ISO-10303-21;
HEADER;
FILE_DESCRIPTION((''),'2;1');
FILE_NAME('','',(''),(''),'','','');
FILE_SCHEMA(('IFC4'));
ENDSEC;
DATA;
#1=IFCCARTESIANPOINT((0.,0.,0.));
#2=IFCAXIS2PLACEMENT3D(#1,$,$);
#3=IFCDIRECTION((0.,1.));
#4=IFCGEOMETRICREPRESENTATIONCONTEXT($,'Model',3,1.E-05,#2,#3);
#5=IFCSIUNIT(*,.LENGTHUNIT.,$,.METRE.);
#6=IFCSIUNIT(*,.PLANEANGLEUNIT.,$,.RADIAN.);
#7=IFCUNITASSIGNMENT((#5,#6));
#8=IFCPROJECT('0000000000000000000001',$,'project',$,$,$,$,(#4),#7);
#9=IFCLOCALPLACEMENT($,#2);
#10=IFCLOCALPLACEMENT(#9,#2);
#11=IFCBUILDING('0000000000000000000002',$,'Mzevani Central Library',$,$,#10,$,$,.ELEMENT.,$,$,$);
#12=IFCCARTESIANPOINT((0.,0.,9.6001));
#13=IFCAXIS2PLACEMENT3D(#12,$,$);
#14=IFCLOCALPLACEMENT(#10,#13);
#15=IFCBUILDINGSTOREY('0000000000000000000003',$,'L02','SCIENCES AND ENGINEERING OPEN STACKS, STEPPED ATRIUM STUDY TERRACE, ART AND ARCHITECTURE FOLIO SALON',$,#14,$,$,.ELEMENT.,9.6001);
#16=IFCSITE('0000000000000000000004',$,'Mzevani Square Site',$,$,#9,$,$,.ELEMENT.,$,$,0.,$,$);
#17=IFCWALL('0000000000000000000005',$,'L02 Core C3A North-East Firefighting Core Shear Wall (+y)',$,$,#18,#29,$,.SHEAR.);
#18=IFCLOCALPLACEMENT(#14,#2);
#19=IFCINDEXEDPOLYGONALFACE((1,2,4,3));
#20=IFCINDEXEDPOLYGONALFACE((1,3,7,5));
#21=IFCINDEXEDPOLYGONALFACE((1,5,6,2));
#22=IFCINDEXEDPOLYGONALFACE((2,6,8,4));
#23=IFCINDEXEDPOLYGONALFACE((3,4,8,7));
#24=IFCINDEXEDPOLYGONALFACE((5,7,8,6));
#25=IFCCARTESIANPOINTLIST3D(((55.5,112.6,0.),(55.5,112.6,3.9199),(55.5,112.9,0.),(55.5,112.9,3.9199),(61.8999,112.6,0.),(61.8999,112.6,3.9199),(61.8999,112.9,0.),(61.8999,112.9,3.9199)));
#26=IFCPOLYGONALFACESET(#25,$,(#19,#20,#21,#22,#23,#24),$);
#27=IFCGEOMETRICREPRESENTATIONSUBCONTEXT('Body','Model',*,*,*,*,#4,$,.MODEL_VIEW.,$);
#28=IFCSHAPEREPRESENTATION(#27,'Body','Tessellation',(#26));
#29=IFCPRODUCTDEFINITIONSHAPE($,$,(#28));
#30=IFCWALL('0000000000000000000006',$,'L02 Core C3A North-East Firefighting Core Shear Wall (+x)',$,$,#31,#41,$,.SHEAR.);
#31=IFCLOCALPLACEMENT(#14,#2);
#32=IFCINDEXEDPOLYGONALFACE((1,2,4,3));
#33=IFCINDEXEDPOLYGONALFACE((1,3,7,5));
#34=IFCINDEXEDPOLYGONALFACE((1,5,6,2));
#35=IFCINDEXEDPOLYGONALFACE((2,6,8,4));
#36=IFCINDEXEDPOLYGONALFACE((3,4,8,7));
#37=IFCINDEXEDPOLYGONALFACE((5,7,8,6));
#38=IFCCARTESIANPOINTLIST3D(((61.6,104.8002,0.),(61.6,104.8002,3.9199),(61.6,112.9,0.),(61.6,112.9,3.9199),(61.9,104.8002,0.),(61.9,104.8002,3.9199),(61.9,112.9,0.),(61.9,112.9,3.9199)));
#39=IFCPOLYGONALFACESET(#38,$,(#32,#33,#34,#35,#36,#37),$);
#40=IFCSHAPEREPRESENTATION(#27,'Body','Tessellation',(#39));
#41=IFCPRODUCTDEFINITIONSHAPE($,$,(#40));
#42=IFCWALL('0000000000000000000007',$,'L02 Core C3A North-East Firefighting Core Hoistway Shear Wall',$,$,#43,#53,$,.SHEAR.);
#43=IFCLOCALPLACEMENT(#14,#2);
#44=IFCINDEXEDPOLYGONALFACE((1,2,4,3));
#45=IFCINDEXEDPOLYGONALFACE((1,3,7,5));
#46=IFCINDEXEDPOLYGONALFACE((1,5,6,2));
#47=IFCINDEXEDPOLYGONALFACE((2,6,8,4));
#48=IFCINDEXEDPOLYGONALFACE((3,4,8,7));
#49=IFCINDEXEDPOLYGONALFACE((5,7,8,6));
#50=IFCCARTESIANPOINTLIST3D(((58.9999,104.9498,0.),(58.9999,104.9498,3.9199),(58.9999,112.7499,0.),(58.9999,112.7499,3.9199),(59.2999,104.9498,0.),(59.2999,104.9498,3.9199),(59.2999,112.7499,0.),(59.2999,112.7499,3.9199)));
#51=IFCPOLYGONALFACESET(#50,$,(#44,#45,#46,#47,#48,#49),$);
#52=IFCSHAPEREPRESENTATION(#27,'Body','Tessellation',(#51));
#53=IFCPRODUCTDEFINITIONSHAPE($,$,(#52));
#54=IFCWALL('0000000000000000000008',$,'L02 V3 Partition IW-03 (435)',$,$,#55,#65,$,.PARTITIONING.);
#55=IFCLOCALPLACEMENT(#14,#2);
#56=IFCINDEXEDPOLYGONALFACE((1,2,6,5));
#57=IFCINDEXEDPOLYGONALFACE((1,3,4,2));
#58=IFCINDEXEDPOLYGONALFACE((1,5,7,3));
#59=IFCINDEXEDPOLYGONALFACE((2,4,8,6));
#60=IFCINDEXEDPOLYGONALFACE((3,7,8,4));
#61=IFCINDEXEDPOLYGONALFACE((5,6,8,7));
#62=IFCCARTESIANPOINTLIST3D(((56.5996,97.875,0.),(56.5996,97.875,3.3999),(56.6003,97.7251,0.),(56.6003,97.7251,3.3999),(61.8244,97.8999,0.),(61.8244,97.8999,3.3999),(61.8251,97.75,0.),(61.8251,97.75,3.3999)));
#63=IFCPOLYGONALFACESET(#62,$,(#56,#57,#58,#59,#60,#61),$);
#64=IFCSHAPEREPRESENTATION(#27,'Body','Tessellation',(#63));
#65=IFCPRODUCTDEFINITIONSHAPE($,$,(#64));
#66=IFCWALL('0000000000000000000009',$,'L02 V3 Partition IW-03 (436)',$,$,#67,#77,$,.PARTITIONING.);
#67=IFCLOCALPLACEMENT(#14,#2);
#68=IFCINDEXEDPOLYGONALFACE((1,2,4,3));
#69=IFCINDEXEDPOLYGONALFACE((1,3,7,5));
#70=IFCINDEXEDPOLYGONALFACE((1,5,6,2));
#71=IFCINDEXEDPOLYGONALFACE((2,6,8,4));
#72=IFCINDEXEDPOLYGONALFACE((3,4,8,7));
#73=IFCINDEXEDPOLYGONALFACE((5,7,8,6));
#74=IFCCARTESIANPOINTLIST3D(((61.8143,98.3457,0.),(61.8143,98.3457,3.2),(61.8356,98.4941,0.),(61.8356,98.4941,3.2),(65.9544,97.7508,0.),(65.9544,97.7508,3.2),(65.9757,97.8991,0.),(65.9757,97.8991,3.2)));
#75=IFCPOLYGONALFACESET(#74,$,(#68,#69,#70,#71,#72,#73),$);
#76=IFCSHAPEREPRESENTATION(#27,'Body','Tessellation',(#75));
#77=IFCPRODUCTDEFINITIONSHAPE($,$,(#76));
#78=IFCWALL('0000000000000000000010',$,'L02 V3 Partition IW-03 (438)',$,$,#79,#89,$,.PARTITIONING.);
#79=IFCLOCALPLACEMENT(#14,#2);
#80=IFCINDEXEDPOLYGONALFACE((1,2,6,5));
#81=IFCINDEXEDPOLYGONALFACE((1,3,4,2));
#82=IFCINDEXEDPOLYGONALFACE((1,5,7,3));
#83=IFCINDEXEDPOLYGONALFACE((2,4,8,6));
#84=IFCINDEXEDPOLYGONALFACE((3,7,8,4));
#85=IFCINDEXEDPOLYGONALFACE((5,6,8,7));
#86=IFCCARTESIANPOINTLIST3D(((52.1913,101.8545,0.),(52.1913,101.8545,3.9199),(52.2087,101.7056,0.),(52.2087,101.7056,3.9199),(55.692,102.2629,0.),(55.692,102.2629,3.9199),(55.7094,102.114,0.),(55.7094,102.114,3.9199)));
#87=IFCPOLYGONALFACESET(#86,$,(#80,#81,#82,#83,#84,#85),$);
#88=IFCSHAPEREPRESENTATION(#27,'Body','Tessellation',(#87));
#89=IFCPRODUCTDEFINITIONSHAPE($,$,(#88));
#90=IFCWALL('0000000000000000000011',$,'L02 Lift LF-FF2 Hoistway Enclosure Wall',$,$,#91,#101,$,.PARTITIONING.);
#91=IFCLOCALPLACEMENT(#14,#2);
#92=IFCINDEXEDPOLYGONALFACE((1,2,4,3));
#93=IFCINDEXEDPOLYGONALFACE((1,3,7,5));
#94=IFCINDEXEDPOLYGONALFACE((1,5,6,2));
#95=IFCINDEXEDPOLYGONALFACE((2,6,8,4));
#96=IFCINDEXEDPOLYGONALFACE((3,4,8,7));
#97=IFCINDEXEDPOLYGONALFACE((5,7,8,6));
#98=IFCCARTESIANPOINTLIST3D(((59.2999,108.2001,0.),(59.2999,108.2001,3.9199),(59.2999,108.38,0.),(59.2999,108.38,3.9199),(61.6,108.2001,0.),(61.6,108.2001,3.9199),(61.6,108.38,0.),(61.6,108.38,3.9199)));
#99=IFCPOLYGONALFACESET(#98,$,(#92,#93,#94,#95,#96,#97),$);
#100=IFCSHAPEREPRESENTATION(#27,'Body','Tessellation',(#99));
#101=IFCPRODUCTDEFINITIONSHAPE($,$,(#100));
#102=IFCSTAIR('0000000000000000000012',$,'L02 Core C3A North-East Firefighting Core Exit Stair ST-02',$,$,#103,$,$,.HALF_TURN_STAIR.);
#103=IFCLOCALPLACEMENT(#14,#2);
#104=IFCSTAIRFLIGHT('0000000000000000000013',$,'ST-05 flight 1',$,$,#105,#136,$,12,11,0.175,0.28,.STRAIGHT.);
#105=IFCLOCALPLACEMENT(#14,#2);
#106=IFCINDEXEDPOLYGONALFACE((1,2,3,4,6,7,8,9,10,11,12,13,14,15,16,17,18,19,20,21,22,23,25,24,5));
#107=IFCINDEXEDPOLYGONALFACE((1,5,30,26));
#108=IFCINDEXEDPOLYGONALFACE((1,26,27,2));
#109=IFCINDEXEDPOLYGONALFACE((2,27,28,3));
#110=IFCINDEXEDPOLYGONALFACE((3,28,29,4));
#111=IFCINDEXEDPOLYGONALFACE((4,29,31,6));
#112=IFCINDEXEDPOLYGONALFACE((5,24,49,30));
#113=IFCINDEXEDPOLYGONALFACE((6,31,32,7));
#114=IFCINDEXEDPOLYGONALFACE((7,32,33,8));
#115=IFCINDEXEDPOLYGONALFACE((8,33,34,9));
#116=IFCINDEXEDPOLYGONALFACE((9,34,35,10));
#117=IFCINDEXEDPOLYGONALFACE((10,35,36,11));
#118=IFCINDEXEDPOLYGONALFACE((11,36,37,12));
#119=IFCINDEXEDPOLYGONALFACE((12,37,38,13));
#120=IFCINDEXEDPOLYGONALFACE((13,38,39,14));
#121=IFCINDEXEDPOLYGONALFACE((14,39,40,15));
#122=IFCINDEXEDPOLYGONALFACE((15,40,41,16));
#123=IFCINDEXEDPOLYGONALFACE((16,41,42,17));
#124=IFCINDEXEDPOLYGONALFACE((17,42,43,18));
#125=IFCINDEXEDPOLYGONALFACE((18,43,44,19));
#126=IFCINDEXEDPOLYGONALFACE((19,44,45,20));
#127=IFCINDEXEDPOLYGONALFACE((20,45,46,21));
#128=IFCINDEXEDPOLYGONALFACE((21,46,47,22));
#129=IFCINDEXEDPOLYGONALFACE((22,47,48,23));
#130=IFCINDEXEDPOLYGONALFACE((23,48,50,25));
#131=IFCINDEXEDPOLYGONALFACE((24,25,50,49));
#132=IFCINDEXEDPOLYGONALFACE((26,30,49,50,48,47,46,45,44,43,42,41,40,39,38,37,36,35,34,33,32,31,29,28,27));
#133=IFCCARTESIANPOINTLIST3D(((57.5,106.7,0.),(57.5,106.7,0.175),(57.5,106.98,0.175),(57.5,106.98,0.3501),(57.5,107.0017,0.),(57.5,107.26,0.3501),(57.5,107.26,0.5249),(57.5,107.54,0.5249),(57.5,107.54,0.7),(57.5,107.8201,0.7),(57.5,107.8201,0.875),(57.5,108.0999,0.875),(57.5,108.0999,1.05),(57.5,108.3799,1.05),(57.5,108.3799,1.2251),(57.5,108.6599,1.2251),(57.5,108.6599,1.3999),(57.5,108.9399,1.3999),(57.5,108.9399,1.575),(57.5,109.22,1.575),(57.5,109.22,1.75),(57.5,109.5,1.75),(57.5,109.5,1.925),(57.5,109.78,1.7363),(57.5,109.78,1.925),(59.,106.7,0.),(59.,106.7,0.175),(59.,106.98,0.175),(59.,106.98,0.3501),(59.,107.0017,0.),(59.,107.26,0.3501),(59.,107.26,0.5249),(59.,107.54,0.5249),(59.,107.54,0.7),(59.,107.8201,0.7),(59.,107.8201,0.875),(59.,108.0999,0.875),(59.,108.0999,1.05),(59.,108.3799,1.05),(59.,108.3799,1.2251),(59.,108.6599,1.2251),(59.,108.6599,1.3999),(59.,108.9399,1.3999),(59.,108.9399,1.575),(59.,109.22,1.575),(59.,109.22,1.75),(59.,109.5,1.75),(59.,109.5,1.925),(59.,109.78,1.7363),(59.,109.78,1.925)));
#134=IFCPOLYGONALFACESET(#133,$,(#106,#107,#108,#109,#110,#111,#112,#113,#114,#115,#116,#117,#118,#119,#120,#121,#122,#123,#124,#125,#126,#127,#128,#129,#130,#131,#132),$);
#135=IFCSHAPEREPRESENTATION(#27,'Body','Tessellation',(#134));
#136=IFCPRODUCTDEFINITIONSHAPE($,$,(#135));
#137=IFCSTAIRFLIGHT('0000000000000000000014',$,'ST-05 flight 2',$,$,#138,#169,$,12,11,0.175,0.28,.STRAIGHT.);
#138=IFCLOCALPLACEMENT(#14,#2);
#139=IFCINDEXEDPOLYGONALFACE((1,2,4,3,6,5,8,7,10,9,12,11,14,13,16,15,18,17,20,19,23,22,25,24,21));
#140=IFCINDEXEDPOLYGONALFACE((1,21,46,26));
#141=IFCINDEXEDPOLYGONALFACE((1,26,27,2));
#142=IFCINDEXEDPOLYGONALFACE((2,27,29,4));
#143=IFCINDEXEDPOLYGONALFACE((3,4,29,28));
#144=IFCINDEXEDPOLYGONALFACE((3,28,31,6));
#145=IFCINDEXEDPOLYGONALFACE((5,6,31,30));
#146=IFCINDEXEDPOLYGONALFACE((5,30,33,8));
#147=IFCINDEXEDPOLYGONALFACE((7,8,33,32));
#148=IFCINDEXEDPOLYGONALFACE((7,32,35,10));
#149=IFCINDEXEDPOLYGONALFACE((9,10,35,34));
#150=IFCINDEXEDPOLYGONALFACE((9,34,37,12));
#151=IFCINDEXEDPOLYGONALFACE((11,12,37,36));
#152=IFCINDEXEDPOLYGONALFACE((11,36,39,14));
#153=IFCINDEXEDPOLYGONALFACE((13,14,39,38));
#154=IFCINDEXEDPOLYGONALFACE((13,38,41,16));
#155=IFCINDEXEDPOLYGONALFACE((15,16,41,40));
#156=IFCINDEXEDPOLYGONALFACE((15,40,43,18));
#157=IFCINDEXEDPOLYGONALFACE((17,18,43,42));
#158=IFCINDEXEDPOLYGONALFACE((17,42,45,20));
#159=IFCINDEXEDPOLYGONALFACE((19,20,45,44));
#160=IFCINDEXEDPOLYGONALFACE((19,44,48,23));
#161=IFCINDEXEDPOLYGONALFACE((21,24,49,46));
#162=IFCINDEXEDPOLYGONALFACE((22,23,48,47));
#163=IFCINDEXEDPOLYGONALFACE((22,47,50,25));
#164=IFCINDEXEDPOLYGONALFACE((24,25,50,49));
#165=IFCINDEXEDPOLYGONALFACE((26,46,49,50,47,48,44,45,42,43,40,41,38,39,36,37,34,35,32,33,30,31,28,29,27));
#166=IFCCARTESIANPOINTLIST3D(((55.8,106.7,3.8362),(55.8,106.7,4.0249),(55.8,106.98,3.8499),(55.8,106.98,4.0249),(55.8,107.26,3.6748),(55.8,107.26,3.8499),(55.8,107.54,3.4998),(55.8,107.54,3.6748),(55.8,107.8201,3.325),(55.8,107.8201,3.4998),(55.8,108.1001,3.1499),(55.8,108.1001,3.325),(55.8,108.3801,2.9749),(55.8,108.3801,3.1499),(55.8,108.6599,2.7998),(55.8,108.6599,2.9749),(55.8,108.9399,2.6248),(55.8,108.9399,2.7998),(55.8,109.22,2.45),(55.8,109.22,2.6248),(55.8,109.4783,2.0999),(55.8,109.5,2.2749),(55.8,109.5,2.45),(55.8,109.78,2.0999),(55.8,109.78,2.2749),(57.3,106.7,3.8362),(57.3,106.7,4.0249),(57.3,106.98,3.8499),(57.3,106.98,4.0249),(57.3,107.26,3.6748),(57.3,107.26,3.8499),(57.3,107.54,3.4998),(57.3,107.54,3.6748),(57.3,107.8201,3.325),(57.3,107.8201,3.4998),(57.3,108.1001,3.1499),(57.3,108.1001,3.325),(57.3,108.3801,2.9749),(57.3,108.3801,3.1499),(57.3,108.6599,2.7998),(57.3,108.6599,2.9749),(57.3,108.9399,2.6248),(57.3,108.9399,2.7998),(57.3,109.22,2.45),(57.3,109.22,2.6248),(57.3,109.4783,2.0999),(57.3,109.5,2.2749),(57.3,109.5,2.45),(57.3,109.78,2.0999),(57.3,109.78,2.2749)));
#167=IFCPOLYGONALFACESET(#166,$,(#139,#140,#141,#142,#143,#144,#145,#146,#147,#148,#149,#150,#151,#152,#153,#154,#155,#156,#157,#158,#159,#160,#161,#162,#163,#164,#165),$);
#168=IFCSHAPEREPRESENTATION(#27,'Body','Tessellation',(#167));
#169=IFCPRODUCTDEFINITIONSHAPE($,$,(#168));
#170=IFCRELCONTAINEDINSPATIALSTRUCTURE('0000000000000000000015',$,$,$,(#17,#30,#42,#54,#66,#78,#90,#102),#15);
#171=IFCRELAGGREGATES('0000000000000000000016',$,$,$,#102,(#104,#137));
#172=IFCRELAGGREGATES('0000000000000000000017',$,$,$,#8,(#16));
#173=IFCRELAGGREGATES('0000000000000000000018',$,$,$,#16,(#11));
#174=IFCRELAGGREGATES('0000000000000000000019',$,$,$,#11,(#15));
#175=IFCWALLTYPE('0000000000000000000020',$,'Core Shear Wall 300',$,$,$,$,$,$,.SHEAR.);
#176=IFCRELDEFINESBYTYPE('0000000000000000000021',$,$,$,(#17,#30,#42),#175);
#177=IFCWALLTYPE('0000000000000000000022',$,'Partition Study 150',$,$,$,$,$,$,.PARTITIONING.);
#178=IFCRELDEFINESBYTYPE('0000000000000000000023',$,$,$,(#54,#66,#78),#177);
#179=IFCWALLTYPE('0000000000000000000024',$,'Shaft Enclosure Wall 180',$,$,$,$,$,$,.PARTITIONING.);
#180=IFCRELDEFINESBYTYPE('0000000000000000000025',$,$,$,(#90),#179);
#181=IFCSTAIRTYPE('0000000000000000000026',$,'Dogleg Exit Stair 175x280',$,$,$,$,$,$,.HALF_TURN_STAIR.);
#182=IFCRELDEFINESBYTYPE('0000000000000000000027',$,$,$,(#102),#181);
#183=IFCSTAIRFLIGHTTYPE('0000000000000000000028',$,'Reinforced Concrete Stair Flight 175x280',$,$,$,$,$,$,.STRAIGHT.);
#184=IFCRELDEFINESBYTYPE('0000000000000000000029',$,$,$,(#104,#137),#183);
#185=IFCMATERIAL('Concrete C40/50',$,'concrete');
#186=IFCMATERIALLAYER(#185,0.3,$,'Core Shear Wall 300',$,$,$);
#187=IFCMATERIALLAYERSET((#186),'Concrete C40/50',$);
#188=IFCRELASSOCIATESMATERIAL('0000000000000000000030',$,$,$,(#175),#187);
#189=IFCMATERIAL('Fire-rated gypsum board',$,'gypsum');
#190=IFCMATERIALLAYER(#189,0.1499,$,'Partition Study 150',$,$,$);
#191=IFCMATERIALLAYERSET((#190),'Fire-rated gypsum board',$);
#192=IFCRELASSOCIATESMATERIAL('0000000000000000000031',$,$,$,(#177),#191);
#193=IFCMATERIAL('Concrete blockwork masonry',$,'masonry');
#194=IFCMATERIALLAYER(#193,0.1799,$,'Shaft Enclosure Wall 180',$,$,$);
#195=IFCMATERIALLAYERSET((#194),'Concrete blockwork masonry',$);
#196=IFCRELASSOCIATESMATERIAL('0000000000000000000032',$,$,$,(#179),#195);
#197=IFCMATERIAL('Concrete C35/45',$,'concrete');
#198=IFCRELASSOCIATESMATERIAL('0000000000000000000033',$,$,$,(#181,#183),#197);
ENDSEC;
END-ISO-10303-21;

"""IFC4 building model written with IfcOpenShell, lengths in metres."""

from ifc_helpers import new_model, si_unit, direction, frame, frame_2d, origin, place, context, subcontext, project, spatial, polyline, rectangle, outline, extrude, material, layer, layer_set, type_object, element, aggregate, save


model = new_model("IFC4")

# Units and contexts
model_context = context("Model", 3, precision=1e-05, world=origin(), true_north=direction((0.0, 1.0)))
body_context = subcontext(model_context, "Body", "Model", "MODEL_VIEW")
ifc_project = project(units=[si_unit("LENGTHUNIT", "METRE"), si_unit("PLANEANGLEUNIT", "RADIAN")], contexts=[model_context])

# Site, building, storey
site_placement = place(None, origin())
site = spatial("IfcSite", under=ifc_project, at=site_placement, Name="Mzevani Square Site", CompositionType="ELEMENT", RefElevation=0.0)
building_placement = place(site_placement, origin())
building = spatial("IfcBuilding", under=site, at=building_placement, Name="Mzevani Central Library", CompositionType="ELEMENT")
storey_placement = place(building_placement, frame((0.0, 0.0, 9.6001)))
storey = spatial("IfcBuildingStorey", under=building, at=storey_placement, Name="L02", Description="SCIENCES AND ENGINEERING OPEN STACKS, STEPPED ATRIUM STUDY TERRACE, ART AND ARCHITECTURE FOLIO SALON", CompositionType="ELEMENT", Elevation=9.6001)

# Shared definitions
ifc_material_1 = material(Name="Concrete C40/50", Category="concrete")

# Shared definitions
ifc_material_2 = material(Name="Concrete C35/45", Category="concrete")

# Shared definitions
ifc_layer_1 = layer(ifc_material_1, 0.3, Name="Core Shear Wall 300")
ifc_layer_set_1 = layer_set([ifc_layer_1], Name="Concrete C40/50")
wall_type_1 = type_object("IfcWallType", Name="Core Shear Wall 300", PredefinedType="SHEAR", material=ifc_layer_set_1)

# Walls
wall_1_placement = place(storey_placement, frame((55.5, 112.75, 0.0), z_axis=(0.0, 0.0, 1.0), x_axis=(1.0, 0.0, 0.0)))
element("IfcWall", 1, at=wall_1_placement, inside=storey, type_object=wall_type_1, Name="L02 Core C3A North-East Firefighting Core Shear Wall (+y)", PredefinedType="SHEAR", context=body_context, shape_type="SweptSolid", body=[
    extrude(rectangle(XDim=6.3999, YDim=0.3, at=frame_2d((3.2, 0.0))), origin(), (0.0, 0.0, 1.0), 3.9199),
])
wall_2_placement = place(storey_placement, frame((61.75, 112.8999, 0.0), z_axis=(0.0, 0.0, 1.0), x_axis=(0.0, -1.0, 0.0)))
element("IfcWall", 2, at=wall_2_placement, inside=storey, type_object=wall_type_1, Name="L02 Core C3A North-East Firefighting Core Shear Wall (+x)", PredefinedType="SHEAR", context=body_context, shape_type="SweptSolid", body=[
    extrude(rectangle(XDim=8.0999, YDim=0.3, at=frame_2d((4.0498, 0.0))), origin(), (0.0, 0.0, 1.0), 3.9199),
])
wall_3_placement = place(storey_placement, frame((59.1499, 104.95, 0.0), z_axis=(0.0, 0.0, 1.0), x_axis=(0.0, 1.0, 0.0)))
element("IfcWall", 3, at=wall_3_placement, inside=storey, type_object=wall_type_1, Name="L02 Core C3A North-East Firefighting Core Hoistway Shear Wall", PredefinedType="SHEAR", context=body_context, shape_type="SweptSolid", body=[
    extrude(rectangle(XDim=7.8, YDim=0.3, at=frame_2d((3.8999, 0.0))), origin(), (0.0, 0.0, 1.0), 3.9199),
])
ifc_material_3 = material(Name="Fire-rated gypsum board", Category="gypsum")
ifc_layer_2 = layer(ifc_material_3, 0.1499, Name="Partition Study 150")
ifc_layer_set_2 = layer_set([ifc_layer_2], Name="Fire-rated gypsum board")
wall_type_2 = type_object("IfcWallType", Name="Partition Study 150", PredefinedType="PARTITIONING", material=ifc_layer_set_2)
wall_4_placement = place(storey_placement, frame((56.6001, 97.8, 0.0), z_axis=(0.0, 0.0, 1.0), x_axis=(0.999989, 0.004766, 0.0)))
element("IfcWall", 4, at=wall_4_placement, inside=storey, type_object=wall_type_2, Name="L02 V3 Partition IW-03 (435)", PredefinedType="PARTITIONING", context=body_context, shape_type="SweptSolid", body=[
    extrude(rectangle(XDim=5.2249, YDim=0.1499, at=frame_2d((2.6123, 0.0))), origin(), (0.0, 0.0, 1.0), 3.3999),
])
wall_5_placement = place(storey_placement, frame((61.825, 98.4199, 0.0), z_axis=(0.0, 0.0, 1.0), x_axis=(0.989831, -0.142247, 0.0)))
element("IfcWall", 5, at=wall_5_placement, inside=storey, type_object=wall_type_2, Name="L02 V3 Partition IW-03 (436)", PredefinedType="PARTITIONING", context=body_context, shape_type="SweptSolid", body=[
    extrude(rectangle(XDim=4.1826, YDim=0.1499, at=frame_2d((2.0913, 0.0))), origin(), (0.0, 0.0, 1.0), 3.2),
])
wall_6_placement = place(storey_placement, frame((55.7007, 102.1885, 0.0), z_axis=(0.0, 0.0, 1.0), x_axis=(-0.993262, -0.115889, 0.0)))
element("IfcWall", 6, at=wall_6_placement, inside=storey, type_object=wall_type_2, Name="L02 V3 Partition IW-03 (438)", PredefinedType="PARTITIONING", context=body_context, shape_type="SweptSolid", body=[
    extrude(rectangle(XDim=3.5244, YDim=0.1499, at=frame_2d((1.7622, 0.0))), origin(), (0.0, 0.0, 1.0), 3.9199),
])
ifc_material_4 = material(Name="Concrete blockwork masonry", Category="masonry")
ifc_layer_3 = layer(ifc_material_4, 0.1799, Name="Shaft Enclosure Wall 180")
ifc_layer_set_3 = layer_set([ifc_layer_3], Name="Concrete blockwork masonry")
wall_type_3 = type_object("IfcWallType", Name="Shaft Enclosure Wall 180", PredefinedType="PARTITIONING", material=ifc_layer_set_3)
wall_7_placement = place(storey_placement, frame((59.3, 108.29, 0.0), z_axis=(0.0, 0.0, 1.0), x_axis=(1.0, 0.0, 0.0)))
element("IfcWall", 7, at=wall_7_placement, inside=storey, type_object=wall_type_3, Name="L02 Lift LF-FF2 Hoistway Enclosure Wall", PredefinedType="PARTITIONING", context=body_context, shape_type="SweptSolid", body=[
    extrude(rectangle(XDim=2.3, YDim=0.1799, at=frame_2d((1.1499, 0.0))), origin(), (0.0, 0.0, 1.0), 3.9199),
])

# Stair, stair flights
stair_type = type_object("IfcStairType", Name="Dogleg Exit Stair 175x280", PredefinedType="HALF_TURN_STAIR", material=ifc_material_2)
stair_placement = place(storey_placement, origin())
stair = element("IfcStair", 8, at=stair_placement, inside=storey, type_object=stair_type, Name="L02 Core C3A North-East Firefighting Core Exit Stair ST-02", PredefinedType="HALF_TURN_STAIR")
stair_flight_type = type_object("IfcStairFlightType", Name="Reinforced Concrete Stair Flight 175x280", PredefinedType="STRAIGHT", material=ifc_material_2)
stair_flight_1_placement = place(storey_placement, frame((58.25, 106.7, 0.0), z_axis=(0.0, 0.0, 1.0), x_axis=(0.0, 1.0, 0.0)))
stair_flight_1 = element("IfcStairFlight", 9, at=stair_flight_1_placement, type_object=stair_flight_type, Name="ST-05 flight 1", NumberOfRisers=12, NumberOfTreads=11, PredefinedType="STRAIGHT", RiserHeight=0.175, TreadLength=0.28, context=body_context, shape_type="SweptSolid", body=[
    extrude(outline(polyline([(0.0, 0.0), (0.0, 0.175), (0.28, 0.175), (0.28, 0.3501), (0.5601, 0.3501), (0.5601, 0.5249), (0.8401, 0.5249), (0.8401, 0.7), (1.1201, 0.7), (1.1201, 0.875), (1.3999, 0.875), (1.3999, 1.05), (1.6799, 1.05), (1.6799, 1.2251), (1.96, 1.2251), (1.96, 1.3999), (2.24, 1.3999), (2.24, 1.575), (2.52, 1.575), (2.52, 1.75), (2.8, 1.75), (2.8, 1.925), (3.0801, 1.925), (3.0801, 2.1001), (3.0801, 1.7363), (0.3018, 0.0), (0.0, 0.0)])), frame((0.0, 0.75, 0.0), z_axis=(0.0, -1.0, 0.0), x_axis=(1.0, 0.0, 0.0)), (0.0, 0.0, 1.0), 1.5),
])
stair_flight_2_placement = place(storey_placement, frame((56.55, 109.78, 2.0999), z_axis=(0.0, 0.0, 1.0), x_axis=(0.0, -1.0, 0.0)))
stair_flight_2 = element("IfcStairFlight", 10, at=stair_flight_2_placement, type_object=stair_flight_type, Name="ST-05 flight 2", NumberOfRisers=12, NumberOfTreads=11, PredefinedType="STRAIGHT", RiserHeight=0.175, TreadLength=0.28, context=body_context, shape_type="SweptSolid", body=[
    extrude(outline(polyline([(0.0, 0.0), (0.0, 0.175), (0.28, 0.175), (0.28, 0.3501), (0.5601, 0.3501), (0.5601, 0.5249), (0.8401, 0.5249), (0.8401, 0.7), (1.1201, 0.7), (1.1201, 0.875), (1.3999, 0.875), (1.3999, 1.05), (1.6799, 1.05), (1.6799, 1.2251), (1.96, 1.2251), (1.96, 1.3999), (2.24, 1.3999), (2.24, 1.575), (2.52, 1.575), (2.52, 1.75), (2.8, 1.75), (2.8, 1.925), (3.0801, 1.925), (3.0801, 2.1001), (3.0801, 1.7363), (0.3018, 0.0), (0.0, 0.0)])), frame((0.0, 0.75, 0.0), z_axis=(0.0, -1.0, 0.0), x_axis=(1.0, 0.0, 0.0)), (0.0, 0.0, 1.0), 1.5),
])
aggregate(stair, [stair_flight_1, stair_flight_2])

save(model, "model.ifc")
